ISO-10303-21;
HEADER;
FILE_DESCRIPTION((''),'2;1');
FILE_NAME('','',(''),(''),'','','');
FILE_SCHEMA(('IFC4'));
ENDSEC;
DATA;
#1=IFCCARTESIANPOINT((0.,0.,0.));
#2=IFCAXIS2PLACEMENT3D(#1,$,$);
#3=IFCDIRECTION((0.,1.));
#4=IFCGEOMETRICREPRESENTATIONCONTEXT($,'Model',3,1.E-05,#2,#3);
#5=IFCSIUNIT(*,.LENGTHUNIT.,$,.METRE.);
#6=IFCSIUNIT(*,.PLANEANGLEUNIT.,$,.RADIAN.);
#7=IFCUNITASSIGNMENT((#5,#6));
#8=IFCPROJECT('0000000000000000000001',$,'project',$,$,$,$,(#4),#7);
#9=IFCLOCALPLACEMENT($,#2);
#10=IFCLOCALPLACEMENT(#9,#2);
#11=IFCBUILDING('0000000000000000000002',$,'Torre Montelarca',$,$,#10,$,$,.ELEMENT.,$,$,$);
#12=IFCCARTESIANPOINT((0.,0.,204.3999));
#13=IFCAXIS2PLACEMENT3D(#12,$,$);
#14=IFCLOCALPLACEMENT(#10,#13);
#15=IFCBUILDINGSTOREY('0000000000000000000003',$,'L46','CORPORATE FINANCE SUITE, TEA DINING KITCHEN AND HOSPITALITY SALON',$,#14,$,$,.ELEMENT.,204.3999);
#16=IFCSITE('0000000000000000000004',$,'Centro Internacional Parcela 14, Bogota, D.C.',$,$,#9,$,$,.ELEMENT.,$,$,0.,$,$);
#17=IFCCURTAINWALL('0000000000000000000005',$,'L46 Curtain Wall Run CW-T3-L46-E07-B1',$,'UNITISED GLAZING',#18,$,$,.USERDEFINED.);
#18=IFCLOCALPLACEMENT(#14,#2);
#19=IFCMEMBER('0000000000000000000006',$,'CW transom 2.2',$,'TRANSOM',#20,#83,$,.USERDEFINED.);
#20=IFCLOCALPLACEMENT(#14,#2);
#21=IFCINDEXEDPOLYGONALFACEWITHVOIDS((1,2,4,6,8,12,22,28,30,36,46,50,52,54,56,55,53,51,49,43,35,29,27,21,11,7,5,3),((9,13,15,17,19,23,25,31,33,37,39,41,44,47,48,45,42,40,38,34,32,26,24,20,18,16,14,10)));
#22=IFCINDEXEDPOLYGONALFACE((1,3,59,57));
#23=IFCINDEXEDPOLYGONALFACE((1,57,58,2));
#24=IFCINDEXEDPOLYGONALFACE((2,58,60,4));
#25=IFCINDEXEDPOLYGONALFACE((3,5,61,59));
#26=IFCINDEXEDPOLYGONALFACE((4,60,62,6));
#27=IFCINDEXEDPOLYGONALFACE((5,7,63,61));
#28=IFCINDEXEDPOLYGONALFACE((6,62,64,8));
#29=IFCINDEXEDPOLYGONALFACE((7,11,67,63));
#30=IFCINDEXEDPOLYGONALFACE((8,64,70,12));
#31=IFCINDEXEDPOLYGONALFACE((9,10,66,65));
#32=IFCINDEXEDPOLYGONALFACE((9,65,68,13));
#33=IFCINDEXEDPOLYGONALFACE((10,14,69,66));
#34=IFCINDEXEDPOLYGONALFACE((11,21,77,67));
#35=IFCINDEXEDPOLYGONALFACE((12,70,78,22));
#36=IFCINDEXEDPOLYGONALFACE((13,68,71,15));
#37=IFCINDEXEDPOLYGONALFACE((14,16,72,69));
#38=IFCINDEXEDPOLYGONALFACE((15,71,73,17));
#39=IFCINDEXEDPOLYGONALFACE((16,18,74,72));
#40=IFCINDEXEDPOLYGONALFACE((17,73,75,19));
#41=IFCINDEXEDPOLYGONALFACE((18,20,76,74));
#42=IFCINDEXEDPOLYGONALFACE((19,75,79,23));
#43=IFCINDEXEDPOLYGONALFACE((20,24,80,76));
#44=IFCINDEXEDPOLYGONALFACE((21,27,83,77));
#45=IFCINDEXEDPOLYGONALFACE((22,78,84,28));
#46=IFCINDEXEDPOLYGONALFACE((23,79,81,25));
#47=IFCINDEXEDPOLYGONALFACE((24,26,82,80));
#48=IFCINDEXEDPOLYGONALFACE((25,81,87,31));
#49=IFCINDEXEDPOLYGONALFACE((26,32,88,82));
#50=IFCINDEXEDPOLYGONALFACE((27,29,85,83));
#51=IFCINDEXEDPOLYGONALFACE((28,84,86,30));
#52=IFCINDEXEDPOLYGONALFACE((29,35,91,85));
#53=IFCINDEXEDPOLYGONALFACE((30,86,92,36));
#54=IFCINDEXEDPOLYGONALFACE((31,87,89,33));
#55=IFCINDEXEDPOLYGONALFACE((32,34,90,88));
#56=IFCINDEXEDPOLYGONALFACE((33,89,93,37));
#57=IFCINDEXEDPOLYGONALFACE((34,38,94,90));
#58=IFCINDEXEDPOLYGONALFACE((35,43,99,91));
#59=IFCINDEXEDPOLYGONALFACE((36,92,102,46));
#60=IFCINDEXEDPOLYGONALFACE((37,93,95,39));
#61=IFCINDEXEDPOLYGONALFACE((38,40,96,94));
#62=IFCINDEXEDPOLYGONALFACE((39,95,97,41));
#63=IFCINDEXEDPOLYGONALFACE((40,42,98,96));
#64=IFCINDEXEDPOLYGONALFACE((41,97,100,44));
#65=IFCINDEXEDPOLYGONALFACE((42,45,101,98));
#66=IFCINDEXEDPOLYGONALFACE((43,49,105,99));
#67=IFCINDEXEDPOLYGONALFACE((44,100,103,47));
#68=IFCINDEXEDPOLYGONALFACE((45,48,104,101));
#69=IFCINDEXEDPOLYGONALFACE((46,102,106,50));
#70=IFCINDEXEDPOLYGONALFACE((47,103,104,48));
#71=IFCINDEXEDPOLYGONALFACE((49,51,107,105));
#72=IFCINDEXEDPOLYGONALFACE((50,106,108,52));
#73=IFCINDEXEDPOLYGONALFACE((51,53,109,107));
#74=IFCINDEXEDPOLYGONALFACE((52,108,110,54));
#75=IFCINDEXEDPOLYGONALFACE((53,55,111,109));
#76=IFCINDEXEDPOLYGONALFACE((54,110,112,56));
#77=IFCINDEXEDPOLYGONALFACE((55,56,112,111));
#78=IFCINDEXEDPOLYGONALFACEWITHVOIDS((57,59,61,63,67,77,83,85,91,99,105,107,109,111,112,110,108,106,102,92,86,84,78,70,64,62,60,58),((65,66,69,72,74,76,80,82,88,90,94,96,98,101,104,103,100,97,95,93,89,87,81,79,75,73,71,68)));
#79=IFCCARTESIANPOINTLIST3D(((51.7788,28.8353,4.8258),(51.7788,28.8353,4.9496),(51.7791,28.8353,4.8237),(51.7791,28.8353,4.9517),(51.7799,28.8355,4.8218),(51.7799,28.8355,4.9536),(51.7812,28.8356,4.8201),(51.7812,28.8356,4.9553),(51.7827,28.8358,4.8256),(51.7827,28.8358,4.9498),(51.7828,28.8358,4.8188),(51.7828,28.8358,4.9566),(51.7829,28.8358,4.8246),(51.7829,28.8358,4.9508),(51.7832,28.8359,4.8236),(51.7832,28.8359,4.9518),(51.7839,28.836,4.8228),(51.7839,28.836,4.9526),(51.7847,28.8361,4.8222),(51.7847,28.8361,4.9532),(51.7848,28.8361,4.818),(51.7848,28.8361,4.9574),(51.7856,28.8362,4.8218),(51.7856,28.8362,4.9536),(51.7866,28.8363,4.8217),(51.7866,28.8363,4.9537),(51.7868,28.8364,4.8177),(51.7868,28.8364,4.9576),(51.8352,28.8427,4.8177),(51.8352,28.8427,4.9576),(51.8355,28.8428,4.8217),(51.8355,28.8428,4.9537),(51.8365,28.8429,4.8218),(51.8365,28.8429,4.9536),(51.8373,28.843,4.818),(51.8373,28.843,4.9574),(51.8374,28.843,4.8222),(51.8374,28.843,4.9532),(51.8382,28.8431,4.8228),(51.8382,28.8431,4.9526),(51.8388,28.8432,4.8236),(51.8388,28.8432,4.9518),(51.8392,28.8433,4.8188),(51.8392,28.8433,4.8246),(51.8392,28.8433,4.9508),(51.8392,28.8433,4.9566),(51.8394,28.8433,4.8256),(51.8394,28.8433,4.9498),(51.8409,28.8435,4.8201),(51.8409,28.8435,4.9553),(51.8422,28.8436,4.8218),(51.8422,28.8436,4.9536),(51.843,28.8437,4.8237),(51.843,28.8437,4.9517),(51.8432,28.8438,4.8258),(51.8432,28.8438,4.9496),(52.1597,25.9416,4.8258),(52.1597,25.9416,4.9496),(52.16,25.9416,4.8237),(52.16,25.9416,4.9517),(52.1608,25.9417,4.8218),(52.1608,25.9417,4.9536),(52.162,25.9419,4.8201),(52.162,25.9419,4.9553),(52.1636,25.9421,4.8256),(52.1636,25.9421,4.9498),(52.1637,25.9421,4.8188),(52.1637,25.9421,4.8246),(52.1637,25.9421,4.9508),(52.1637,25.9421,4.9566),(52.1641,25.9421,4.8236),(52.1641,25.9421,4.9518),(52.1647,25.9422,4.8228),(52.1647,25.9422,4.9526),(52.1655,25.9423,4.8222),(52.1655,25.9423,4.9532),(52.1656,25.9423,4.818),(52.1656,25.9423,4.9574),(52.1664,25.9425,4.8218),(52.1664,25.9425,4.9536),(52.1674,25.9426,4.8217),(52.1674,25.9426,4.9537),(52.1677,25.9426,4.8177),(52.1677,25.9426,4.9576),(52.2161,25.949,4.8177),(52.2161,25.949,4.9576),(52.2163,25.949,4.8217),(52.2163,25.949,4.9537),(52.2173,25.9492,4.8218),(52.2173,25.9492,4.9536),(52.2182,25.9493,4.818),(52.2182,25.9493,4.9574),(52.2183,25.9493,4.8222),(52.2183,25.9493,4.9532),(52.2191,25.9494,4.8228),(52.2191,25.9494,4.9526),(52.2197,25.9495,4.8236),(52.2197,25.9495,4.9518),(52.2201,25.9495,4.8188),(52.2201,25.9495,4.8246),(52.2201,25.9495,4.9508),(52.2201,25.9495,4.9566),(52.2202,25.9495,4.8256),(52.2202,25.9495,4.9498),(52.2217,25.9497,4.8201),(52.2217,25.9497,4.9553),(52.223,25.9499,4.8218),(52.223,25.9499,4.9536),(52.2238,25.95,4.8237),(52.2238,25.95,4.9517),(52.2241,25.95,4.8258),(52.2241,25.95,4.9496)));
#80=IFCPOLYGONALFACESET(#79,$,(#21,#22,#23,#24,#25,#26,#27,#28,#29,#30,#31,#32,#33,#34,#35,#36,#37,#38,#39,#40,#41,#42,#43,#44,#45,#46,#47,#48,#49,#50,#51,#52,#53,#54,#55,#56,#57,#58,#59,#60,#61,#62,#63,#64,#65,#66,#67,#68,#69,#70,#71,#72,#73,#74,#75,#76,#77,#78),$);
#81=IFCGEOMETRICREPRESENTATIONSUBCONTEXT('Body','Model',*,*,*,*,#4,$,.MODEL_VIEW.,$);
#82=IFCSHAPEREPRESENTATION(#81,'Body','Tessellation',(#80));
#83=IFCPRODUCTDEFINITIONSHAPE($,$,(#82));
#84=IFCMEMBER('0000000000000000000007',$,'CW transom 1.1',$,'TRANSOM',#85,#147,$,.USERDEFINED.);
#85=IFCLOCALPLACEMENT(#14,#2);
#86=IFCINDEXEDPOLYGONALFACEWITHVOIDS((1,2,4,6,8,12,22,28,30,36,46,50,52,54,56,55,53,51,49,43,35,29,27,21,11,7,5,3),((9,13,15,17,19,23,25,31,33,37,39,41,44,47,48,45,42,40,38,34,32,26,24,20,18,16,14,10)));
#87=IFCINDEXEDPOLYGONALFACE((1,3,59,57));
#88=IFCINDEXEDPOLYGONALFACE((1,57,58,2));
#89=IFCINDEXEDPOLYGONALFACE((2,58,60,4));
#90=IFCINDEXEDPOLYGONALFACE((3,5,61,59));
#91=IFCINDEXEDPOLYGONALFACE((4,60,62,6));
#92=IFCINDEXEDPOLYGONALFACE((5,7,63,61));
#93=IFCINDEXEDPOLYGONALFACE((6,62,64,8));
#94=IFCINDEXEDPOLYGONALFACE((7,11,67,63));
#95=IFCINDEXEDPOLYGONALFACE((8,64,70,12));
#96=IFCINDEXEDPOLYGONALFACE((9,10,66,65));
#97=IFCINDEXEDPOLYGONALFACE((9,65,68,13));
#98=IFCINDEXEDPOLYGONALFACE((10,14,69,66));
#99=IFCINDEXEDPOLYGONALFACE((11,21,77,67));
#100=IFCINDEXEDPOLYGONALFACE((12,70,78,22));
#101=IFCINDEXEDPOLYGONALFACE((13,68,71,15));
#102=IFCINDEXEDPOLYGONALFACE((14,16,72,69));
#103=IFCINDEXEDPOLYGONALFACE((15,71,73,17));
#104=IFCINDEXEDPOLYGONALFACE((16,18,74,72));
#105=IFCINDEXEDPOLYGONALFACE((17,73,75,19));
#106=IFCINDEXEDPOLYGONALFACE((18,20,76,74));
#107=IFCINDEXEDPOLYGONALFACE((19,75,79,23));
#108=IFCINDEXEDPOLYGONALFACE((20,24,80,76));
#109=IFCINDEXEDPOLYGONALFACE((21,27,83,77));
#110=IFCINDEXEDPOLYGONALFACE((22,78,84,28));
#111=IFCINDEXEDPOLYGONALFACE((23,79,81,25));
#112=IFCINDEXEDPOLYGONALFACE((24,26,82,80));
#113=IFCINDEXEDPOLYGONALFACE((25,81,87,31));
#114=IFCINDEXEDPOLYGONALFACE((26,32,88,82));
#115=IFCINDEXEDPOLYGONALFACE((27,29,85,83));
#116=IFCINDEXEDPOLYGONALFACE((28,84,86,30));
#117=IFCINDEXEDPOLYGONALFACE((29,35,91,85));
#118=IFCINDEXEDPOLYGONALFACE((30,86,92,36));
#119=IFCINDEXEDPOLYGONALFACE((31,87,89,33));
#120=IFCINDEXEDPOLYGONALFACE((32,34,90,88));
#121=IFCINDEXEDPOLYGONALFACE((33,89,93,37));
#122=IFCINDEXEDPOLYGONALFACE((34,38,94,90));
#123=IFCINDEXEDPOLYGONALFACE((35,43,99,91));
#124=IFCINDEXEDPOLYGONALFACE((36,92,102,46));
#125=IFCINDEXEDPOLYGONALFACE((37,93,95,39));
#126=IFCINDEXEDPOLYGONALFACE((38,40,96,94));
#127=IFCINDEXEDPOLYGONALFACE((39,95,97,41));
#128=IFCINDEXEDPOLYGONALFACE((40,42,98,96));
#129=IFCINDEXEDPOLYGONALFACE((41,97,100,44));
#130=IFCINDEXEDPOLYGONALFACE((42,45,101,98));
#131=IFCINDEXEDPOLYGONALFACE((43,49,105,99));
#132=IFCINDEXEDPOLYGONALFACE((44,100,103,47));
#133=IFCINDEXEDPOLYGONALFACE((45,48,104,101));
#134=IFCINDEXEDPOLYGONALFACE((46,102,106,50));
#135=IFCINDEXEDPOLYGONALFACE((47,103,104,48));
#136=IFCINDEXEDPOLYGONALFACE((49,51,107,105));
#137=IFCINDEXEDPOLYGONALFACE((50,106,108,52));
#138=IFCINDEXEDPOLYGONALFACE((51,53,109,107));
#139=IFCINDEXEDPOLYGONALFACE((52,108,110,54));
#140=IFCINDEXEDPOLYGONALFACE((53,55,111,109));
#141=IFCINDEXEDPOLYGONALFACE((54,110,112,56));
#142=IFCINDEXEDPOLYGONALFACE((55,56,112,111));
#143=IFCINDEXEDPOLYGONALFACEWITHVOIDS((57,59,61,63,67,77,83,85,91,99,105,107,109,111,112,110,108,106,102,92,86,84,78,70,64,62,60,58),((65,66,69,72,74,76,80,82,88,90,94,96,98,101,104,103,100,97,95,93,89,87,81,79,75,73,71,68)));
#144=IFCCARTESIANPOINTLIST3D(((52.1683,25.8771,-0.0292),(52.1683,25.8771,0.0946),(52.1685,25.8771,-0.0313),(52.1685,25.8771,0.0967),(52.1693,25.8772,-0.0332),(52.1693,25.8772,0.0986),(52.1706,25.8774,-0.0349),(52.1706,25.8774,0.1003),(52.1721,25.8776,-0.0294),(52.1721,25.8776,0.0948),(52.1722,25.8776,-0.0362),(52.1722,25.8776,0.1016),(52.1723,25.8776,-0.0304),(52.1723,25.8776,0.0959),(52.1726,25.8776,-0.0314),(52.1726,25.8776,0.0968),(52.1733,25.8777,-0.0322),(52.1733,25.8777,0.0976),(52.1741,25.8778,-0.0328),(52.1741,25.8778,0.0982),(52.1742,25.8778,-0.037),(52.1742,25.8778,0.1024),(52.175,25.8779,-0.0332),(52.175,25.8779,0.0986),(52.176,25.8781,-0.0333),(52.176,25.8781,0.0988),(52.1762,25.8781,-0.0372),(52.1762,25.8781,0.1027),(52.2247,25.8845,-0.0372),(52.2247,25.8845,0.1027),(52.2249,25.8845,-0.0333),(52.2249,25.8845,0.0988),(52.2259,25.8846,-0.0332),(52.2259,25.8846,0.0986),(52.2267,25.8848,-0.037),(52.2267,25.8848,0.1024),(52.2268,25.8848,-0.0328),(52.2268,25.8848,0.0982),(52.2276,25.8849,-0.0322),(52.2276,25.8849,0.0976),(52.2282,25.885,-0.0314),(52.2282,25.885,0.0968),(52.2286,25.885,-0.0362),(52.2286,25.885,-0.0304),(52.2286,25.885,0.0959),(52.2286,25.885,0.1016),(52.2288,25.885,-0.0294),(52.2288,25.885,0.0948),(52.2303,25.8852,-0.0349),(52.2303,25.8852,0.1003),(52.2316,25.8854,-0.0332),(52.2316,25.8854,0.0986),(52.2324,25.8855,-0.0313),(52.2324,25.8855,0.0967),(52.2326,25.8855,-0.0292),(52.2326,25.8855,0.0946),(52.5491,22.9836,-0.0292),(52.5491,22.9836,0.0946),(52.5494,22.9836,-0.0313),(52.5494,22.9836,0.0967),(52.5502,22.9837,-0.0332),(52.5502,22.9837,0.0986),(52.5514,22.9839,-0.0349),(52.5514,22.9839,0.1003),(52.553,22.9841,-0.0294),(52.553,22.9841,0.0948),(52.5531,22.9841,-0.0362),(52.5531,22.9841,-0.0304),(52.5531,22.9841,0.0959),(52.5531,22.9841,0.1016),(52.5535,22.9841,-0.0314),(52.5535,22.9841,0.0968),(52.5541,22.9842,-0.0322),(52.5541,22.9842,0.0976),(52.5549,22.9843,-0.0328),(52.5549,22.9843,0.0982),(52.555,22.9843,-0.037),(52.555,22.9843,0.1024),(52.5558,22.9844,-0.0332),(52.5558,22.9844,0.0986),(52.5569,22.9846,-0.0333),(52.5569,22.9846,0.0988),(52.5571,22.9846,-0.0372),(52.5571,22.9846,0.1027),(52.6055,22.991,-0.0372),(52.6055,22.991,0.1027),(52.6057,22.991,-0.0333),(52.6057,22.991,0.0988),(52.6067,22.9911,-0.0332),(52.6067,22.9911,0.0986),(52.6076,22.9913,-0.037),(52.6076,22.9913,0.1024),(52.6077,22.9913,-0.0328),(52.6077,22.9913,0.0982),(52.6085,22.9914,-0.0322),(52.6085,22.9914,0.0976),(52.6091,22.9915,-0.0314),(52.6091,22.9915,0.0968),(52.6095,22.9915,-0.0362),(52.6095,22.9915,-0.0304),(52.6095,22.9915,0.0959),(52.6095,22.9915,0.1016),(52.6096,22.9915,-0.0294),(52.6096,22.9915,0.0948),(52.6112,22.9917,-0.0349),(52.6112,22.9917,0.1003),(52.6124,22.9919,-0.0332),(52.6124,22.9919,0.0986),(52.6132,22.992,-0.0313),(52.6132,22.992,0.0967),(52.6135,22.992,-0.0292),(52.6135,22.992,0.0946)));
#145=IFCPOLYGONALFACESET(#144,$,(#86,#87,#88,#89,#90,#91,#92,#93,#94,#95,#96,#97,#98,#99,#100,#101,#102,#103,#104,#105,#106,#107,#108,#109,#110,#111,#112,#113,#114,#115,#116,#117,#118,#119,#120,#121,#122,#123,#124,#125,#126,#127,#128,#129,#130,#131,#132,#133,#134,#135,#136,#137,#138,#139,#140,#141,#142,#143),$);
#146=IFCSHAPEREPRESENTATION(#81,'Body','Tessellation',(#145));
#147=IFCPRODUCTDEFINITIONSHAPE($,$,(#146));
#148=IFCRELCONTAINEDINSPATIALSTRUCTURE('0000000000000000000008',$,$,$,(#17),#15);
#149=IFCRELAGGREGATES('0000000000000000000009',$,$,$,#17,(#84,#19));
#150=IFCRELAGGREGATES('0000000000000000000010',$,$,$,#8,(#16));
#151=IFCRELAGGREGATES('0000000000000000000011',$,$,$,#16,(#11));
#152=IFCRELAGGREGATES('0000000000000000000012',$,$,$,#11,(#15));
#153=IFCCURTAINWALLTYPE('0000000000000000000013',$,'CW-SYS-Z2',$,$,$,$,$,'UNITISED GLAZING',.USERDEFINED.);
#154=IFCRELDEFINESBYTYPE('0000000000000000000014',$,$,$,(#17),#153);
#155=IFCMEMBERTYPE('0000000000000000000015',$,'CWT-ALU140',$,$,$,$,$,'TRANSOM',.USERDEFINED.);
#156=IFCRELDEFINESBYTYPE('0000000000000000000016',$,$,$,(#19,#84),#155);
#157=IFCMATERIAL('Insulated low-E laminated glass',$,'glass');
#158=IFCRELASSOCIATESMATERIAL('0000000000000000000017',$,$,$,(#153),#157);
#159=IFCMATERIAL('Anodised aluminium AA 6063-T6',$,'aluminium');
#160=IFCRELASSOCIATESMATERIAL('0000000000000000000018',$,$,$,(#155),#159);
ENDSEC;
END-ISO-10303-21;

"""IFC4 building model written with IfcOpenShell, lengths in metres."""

from ifc_helpers import new_model, si_unit, direction, frame, origin, origin_2d, place, context, subcontext, project, spatial, hollow_rectangle, extrude, source, transform, mapped, material, material_profile, profile_set, type_object, element, aggregate, save


model = new_model("IFC4")

# Units and contexts
model_context = context("Model", 3, precision=1e-05, world=origin(), true_north=direction((0.0, 1.0)))
body_context = subcontext(model_context, "Body", "Model", "MODEL_VIEW")
ifc_project = project(units=[si_unit("LENGTHUNIT", "METRE"), si_unit("PLANEANGLEUNIT", "RADIAN")], contexts=[model_context])

# Site, building, storey
site_placement = place(None, origin())
site = spatial("IfcSite", under=ifc_project, at=site_placement, Name="Centro Internacional Parcela 14, Bogota, D.C.", CompositionType="ELEMENT", RefElevation=0.0)
building_placement = place(site_placement, origin())
building = spatial("IfcBuilding", under=site, at=building_placement, Name="Torre Montelarca", CompositionType="ELEMENT")
storey_placement = place(building_placement, frame((0.0, 0.0, 204.3999)))
storey = spatial("IfcBuildingStorey", under=building, at=storey_placement, Name="L46", Description="CORPORATE FINANCE SUITE, TEA DINING KITCHEN AND HOSPITALITY SALON", CompositionType="ELEMENT", Elevation=204.3999)

# Curtain wall, members
ifc_material_1 = material(Name="Insulated low-E laminated glass", Category="glass")
curtain_wall_type = type_object("IfcCurtainWallType", Name="CW-SYS-Z2", ElementType="UNITISED GLAZING", PredefinedType="USERDEFINED", material=ifc_material_1)
ifc_material_2 = material(Name="Anodised aluminium AA 6063-T6", Category="aluminium")
ifc_material_profile_1 = material_profile(ifc_material_2, hollow_rectangle(XDim=0.0649, YDim=0.1399, WallThickness=0.0039, InnerFilletRadius=0.0039, OuterFilletRadius=0.0081, at=origin_2d()), Name="ALU65X140X4", Category="aluminium")
ifc_profile_set_1 = profile_set([ifc_material_profile_1], Name="Anodised aluminium AA 6063-T6")
member_type_1 = type_object("IfcMemberType", Name="CWT-ALU140", ElementType="TRANSOM", PredefinedType="USERDEFINED", material=ifc_profile_set_1)
shared_shape_1 = source(origin(), body_context, "Body", "SweptSolid", [
    extrude(hollow_rectangle(XDim=0.0649, YDim=0.1399, WallThickness=0.0039, InnerFilletRadius=0.0039, OuterFilletRadius=0.0081, at=origin_2d()), origin(), (0.0, 0.0, 1.0), 2.9187),
])
curtain_wall_1_placement = place(storey_placement, origin())
curtain_wall_1 = element("IfcCurtainWall", 1, at=curtain_wall_1_placement, inside=storey, type_object=curtain_wall_type, Name="L46 Curtain Wall Run CW-T3-L46-E07-B1", ObjectType="UNITISED GLAZING", PredefinedType="USERDEFINED")
member_1_placement = place(storey_placement, frame((52.1919, 25.9458, 4.8877), z_axis=(-0.130487, 0.99145, 0.0), x_axis=(-0.99145, -0.130487, 0.0)))
member_1 = element("IfcMember", 2, at=member_1_placement, type_object=member_type_1, Name="CW transom 2.2", ObjectType="TRANSOM", PredefinedType="USERDEFINED", context=body_context, shape_type="MappedRepresentation", body=[
    mapped(shared_shape_1, transform((0.0, 0.0, 0.0), scale=1.0)),
])
shared_shape_2 = source(origin(), body_context, "Body", "SweptSolid", [
    extrude(hollow_rectangle(XDim=0.0649, YDim=0.1399, WallThickness=0.0039, InnerFilletRadius=0.0039, OuterFilletRadius=0.0081, at=origin_2d()), origin(), (0.0, 0.0, 1.0), 2.9185),
])
member_2_placement = place(storey_placement, frame((52.5813, 22.9878, 0.0327), z_axis=(-0.130498, 0.991449, 0.0), x_axis=(-0.991449, -0.130498, 0.0)))
member_2 = element("IfcMember", 3, at=member_2_placement, type_object=member_type_1, Name="CW transom 1.1", ObjectType="TRANSOM", PredefinedType="USERDEFINED", context=body_context, shape_type="MappedRepresentation", body=[
    mapped(shared_shape_2, transform((0.0, 0.0, 0.0), scale=1.0)),
])

aggregate(curtain_wall_1, [member_2, member_1])

save(model, "model.ifc")
